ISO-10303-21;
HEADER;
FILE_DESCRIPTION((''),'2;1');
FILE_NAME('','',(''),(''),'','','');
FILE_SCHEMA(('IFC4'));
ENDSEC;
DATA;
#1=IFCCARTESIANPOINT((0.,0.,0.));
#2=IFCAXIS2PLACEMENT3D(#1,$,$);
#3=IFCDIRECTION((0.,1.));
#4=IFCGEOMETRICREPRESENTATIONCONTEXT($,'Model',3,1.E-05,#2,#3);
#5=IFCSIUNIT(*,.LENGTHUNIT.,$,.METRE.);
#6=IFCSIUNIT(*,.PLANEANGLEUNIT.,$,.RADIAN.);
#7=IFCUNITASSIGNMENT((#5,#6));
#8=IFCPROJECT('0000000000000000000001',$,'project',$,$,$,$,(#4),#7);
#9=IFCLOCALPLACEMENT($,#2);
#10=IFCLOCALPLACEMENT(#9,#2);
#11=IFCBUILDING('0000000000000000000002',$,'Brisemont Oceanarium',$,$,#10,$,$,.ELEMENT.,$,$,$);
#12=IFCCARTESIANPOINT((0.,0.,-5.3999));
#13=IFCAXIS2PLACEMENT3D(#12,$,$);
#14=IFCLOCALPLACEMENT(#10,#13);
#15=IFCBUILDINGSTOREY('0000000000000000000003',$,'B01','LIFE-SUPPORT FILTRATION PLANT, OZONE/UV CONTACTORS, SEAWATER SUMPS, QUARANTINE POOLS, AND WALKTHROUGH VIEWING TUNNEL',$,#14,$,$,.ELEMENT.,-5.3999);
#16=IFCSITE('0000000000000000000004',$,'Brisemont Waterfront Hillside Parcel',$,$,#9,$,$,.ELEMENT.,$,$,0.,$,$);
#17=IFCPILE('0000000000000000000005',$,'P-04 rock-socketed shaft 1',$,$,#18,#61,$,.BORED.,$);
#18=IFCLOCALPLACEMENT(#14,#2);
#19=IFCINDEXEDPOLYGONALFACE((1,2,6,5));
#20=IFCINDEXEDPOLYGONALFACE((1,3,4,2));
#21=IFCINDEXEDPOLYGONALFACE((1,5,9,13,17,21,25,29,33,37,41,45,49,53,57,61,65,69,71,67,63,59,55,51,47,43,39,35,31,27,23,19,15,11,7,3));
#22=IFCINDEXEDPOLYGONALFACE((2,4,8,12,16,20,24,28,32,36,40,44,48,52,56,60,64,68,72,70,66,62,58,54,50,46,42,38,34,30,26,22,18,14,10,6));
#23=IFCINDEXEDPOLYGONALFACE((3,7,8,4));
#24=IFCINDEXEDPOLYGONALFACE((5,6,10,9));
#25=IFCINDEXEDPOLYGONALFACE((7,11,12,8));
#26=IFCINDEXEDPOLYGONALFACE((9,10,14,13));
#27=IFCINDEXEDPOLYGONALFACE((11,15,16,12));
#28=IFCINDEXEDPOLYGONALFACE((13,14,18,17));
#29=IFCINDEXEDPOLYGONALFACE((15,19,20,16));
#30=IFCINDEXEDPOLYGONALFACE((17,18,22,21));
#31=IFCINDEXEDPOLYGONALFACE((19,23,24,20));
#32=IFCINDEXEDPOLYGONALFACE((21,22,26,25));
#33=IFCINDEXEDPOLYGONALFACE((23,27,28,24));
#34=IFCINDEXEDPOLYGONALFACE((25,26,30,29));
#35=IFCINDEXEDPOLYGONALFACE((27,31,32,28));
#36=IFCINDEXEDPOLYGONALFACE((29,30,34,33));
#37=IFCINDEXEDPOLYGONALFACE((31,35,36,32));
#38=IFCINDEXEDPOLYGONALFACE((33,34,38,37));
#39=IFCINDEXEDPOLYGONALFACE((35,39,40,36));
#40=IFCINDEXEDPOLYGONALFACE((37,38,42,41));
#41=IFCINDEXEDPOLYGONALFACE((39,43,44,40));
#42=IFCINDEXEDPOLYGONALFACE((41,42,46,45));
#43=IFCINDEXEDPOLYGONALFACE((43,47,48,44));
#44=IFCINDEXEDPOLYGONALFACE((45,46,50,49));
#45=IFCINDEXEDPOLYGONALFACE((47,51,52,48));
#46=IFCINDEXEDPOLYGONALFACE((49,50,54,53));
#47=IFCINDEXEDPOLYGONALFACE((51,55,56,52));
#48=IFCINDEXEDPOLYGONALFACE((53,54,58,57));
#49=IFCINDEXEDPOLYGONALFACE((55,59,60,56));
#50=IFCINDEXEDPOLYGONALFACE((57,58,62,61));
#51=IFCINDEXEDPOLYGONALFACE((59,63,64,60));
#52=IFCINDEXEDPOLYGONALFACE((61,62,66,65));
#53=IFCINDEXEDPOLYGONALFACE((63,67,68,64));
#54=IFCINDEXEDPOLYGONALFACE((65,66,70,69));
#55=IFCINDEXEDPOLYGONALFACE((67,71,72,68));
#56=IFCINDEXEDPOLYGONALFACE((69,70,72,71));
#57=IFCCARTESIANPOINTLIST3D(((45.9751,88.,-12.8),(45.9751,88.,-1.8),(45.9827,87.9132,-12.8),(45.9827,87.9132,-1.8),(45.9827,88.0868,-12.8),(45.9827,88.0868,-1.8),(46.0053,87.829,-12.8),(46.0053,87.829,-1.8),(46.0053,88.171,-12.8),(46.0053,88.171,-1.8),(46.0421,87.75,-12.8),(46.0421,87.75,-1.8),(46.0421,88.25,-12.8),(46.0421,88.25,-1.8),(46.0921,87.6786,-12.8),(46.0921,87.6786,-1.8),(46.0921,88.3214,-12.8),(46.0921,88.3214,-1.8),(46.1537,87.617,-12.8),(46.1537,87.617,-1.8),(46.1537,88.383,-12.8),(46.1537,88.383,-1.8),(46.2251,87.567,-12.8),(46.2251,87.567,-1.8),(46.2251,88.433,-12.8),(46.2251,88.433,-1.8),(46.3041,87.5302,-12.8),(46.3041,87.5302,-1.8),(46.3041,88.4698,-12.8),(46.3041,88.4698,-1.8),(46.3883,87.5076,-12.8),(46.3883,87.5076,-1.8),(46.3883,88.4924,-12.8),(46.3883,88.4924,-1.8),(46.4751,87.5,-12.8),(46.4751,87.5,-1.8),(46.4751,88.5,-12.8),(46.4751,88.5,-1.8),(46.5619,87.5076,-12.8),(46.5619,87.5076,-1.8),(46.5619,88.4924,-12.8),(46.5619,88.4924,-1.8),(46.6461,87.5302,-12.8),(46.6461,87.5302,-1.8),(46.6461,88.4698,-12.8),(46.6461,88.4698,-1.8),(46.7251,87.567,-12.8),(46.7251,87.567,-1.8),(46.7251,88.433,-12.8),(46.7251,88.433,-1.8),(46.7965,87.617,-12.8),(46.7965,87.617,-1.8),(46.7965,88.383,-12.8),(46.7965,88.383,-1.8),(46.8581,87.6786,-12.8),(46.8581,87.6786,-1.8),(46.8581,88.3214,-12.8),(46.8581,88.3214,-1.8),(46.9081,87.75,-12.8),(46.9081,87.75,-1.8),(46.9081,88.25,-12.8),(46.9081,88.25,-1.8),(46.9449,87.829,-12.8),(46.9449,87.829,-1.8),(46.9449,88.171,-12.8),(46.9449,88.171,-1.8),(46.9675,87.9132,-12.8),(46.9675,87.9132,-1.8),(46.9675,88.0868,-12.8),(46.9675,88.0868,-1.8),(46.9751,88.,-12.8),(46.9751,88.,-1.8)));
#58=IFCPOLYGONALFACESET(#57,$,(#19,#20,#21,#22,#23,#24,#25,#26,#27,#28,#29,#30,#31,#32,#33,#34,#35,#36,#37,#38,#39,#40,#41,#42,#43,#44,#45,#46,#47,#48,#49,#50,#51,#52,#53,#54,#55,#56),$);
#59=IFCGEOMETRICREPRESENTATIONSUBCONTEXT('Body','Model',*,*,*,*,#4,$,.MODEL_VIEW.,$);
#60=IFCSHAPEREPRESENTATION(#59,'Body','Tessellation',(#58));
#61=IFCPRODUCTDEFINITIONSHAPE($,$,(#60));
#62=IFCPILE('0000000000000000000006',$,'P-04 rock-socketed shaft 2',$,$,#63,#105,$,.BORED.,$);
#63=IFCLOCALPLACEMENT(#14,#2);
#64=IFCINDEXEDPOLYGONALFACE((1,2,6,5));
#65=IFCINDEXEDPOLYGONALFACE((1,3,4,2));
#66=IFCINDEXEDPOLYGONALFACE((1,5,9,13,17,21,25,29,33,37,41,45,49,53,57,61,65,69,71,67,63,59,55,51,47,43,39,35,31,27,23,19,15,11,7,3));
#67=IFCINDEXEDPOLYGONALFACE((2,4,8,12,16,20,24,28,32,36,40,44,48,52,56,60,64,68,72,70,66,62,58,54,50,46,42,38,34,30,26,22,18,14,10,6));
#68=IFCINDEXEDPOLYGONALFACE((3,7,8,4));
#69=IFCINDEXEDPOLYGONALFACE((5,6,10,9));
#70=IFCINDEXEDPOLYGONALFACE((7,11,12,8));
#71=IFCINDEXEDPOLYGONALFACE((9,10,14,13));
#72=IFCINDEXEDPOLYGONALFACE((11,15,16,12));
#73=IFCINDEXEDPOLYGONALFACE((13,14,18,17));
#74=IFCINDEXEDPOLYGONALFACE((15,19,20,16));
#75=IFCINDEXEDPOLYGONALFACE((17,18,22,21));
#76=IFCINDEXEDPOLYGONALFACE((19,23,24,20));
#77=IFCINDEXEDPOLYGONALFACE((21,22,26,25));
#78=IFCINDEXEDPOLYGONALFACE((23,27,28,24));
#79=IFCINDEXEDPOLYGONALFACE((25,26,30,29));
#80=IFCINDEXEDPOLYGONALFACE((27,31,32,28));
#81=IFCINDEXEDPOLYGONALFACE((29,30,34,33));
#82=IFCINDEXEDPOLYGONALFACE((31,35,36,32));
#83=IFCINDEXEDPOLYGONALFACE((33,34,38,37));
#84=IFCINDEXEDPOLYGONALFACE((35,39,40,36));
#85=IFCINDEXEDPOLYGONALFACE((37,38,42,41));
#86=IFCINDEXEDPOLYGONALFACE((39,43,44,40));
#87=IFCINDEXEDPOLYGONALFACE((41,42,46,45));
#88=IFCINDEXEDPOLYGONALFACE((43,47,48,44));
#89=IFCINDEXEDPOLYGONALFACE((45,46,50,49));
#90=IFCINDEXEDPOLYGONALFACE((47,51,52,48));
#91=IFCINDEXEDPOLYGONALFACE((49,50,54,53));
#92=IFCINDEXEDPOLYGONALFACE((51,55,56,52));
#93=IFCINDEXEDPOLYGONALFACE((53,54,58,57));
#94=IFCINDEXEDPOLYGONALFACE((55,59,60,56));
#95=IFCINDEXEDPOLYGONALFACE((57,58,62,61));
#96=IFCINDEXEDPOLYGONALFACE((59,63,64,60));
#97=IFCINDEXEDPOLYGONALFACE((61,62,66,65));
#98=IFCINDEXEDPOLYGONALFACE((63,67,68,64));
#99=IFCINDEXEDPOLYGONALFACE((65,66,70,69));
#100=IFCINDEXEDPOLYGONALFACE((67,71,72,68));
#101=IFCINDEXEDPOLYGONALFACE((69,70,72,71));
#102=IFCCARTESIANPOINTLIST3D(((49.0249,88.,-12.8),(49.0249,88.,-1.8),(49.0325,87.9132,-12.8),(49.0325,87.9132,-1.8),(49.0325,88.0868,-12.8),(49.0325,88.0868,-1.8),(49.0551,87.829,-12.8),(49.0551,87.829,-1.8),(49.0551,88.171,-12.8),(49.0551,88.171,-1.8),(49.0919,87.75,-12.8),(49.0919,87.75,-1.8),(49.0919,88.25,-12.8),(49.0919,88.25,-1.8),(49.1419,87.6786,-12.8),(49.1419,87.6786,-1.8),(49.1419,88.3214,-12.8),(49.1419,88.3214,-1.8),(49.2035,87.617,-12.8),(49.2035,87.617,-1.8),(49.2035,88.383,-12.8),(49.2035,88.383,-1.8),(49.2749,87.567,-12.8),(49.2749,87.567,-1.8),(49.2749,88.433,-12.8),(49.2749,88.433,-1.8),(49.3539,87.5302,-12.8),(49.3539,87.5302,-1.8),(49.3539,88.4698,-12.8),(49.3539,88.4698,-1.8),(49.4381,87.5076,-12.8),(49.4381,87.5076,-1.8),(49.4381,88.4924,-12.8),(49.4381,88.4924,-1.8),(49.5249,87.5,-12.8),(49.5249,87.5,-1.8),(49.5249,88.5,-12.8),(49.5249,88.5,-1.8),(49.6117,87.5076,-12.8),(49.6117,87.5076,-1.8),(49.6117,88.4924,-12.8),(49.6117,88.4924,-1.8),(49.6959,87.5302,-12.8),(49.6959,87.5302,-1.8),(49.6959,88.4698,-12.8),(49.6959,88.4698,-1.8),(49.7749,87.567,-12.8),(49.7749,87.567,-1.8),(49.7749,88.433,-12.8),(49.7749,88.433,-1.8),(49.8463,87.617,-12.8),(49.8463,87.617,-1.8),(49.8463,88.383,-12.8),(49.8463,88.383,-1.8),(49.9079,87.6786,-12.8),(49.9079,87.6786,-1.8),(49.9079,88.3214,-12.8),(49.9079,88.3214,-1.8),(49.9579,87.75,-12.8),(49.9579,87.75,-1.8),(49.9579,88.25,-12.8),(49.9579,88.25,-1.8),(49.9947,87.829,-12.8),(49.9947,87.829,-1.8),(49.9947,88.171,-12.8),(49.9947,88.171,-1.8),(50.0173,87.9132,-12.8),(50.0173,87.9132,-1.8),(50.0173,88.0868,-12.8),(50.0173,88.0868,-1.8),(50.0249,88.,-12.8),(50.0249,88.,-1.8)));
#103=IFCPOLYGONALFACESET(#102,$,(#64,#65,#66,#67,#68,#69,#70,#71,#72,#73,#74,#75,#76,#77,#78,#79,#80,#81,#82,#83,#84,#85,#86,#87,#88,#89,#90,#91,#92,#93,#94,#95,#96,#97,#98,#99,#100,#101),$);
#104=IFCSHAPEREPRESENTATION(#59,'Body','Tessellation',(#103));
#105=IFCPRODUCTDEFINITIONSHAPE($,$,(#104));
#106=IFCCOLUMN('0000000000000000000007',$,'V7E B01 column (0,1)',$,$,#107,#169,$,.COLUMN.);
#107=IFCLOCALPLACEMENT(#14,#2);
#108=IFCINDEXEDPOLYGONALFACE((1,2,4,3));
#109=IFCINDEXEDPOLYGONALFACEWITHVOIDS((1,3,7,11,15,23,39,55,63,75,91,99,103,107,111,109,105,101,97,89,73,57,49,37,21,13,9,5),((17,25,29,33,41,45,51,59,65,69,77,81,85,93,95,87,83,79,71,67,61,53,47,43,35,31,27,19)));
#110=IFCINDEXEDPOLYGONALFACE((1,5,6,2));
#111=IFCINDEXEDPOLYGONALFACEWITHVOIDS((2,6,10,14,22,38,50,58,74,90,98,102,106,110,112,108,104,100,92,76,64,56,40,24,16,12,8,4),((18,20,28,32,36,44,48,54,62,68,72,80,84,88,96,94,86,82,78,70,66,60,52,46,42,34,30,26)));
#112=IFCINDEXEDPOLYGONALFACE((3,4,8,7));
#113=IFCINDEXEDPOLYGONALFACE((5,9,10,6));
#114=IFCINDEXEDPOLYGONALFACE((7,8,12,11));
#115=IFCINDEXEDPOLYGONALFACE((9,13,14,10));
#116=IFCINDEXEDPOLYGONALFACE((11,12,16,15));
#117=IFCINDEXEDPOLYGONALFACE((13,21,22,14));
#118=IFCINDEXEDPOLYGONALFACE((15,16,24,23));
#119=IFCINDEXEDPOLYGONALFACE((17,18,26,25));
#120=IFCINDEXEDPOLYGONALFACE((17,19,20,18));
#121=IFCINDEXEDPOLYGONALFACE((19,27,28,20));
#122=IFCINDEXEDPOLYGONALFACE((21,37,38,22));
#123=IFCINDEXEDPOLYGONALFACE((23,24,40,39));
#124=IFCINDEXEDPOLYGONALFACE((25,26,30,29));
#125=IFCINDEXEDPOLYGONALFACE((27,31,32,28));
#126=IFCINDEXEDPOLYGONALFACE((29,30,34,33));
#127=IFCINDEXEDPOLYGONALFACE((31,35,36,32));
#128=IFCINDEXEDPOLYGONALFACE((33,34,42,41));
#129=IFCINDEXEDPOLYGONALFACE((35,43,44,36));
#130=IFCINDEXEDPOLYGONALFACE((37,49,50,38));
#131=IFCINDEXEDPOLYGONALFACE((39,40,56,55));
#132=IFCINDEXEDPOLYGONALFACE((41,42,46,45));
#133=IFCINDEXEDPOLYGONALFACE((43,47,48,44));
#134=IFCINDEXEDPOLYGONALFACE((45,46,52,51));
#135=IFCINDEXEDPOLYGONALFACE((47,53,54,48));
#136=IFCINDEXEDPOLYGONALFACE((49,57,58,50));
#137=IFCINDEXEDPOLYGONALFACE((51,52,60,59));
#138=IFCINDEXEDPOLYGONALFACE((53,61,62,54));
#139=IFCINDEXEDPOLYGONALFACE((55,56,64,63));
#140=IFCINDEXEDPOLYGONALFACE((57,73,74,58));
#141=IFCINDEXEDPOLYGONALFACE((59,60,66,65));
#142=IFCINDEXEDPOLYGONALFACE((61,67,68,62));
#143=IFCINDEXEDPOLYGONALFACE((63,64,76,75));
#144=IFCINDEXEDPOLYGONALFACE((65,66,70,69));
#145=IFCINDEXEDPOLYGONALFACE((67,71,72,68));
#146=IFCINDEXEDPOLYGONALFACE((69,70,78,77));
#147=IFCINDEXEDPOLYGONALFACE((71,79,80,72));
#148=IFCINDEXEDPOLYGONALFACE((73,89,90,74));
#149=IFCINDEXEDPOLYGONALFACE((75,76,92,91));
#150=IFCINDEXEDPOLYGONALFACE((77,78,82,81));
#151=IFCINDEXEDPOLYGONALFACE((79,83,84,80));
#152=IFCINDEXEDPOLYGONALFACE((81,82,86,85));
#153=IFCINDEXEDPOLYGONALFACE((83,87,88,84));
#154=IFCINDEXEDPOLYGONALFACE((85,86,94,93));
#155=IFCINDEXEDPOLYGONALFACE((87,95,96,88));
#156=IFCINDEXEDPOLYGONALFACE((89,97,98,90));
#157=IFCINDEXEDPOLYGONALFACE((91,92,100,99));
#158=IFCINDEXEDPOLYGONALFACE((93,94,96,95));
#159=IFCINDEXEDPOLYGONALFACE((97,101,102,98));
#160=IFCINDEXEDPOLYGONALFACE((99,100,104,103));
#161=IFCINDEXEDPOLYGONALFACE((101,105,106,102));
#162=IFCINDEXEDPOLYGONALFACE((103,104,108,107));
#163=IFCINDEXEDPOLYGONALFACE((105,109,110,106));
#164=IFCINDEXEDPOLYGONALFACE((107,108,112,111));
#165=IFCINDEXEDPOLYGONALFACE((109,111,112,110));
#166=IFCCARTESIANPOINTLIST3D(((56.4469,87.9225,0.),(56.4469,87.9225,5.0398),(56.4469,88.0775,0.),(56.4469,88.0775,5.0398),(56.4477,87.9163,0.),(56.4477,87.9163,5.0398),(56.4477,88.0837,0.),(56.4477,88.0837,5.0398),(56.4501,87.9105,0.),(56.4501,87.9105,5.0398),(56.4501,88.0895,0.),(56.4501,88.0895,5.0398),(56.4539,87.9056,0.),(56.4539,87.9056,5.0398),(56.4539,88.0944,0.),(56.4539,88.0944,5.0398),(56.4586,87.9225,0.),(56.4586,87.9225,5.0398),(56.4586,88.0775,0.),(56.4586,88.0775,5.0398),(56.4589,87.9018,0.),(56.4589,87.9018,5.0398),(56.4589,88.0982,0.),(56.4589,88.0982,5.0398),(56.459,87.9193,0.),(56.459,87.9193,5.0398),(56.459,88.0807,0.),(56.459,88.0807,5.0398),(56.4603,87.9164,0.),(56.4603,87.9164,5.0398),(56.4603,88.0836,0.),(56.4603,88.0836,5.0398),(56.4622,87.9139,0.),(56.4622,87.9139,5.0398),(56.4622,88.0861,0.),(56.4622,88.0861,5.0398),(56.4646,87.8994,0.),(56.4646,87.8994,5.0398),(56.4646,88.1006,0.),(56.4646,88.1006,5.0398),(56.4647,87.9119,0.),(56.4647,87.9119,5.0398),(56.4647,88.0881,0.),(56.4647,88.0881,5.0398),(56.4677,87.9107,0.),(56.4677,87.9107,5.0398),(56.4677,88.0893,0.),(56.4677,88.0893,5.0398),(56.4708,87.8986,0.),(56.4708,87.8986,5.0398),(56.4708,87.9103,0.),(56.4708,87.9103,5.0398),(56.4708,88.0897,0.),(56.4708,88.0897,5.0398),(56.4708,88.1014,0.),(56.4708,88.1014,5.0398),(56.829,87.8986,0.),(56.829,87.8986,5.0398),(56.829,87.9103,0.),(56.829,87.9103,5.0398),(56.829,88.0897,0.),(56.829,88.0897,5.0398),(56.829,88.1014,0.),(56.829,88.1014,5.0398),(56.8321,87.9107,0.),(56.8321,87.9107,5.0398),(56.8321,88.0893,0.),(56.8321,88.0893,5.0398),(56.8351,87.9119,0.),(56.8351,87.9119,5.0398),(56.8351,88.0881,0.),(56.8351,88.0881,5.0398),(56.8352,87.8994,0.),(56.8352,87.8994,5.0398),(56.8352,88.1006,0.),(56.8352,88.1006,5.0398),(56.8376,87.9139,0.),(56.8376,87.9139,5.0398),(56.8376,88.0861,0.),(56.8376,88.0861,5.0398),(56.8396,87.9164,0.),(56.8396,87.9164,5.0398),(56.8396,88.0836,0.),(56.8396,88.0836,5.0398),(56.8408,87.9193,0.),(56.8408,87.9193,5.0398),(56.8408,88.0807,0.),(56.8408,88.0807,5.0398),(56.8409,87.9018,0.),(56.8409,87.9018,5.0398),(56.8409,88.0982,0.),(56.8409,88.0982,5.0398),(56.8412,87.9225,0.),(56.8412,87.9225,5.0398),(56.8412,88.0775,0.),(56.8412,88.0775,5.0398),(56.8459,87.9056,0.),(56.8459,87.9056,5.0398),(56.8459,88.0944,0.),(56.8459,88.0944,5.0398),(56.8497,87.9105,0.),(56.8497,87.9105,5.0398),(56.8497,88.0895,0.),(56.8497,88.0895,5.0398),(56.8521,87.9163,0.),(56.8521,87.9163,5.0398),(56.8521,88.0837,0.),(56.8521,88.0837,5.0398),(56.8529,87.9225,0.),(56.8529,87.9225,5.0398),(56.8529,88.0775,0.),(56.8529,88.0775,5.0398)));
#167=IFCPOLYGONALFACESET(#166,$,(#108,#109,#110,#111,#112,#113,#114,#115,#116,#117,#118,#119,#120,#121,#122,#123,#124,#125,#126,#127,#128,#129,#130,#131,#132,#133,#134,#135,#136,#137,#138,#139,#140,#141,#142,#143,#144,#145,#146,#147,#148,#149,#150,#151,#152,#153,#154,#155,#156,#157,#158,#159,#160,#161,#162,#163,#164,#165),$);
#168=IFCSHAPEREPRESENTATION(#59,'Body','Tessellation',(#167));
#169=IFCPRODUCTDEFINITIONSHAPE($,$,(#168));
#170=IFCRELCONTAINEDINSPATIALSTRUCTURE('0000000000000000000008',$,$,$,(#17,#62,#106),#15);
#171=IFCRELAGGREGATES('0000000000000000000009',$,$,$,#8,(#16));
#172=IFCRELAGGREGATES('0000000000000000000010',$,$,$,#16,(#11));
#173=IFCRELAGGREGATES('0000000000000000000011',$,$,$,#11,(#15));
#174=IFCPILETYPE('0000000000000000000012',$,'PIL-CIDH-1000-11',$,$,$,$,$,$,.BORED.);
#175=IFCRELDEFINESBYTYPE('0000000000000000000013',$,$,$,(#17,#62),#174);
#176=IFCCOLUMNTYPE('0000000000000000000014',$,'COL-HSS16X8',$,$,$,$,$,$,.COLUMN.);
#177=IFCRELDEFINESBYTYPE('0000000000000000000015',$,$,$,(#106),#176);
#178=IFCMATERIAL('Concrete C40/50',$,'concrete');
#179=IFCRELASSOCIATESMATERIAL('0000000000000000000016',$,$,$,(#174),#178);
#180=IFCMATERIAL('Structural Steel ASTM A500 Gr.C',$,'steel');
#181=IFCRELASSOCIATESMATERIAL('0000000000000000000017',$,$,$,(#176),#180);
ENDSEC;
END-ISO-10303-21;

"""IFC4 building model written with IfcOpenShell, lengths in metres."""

from ifc_helpers import new_model, si_unit, direction, frame, origin, origin_2d, place, context, subcontext, project, spatial, hollow_rectangle, circle, extrude, material, material_profile, profile_set, type_object, element, save


model = new_model("IFC4")

# Units and contexts
model_context = context("Model", 3, precision=1e-05, world=origin(), true_north=direction((0.0, 1.0)))
body_context = subcontext(model_context, "Body", "Model", "MODEL_VIEW")
ifc_project = project(units=[si_unit("LENGTHUNIT", "METRE"), si_unit("PLANEANGLEUNIT", "RADIAN")], contexts=[model_context])

# Site, building, storey
site_placement = place(None, origin())
site = spatial("IfcSite", under=ifc_project, at=site_placement, Name="Brisemont Waterfront Hillside Parcel", CompositionType="ELEMENT", RefElevation=0.0)
building_placement = place(site_placement, origin())
building = spatial("IfcBuilding", under=site, at=building_placement, Name="Brisemont Oceanarium", CompositionType="ELEMENT")
storey_placement = place(building_placement, frame((0.0, 0.0, -5.3999)))
storey = spatial("IfcBuildingStorey", under=building, at=storey_placement, Name="B01", Description="LIFE-SUPPORT FILTRATION PLANT, OZONE/UV CONTACTORS, SEAWATER SUMPS, QUARANTINE POOLS, AND WALKTHROUGH VIEWING TUNNEL", CompositionType="ELEMENT", Elevation=-5.3999)

# Piles
ifc_material_1 = material(Name="Concrete C40/50", Category="concrete")
ifc_material_profile_1 = material_profile(ifc_material_1, circle(Radius=0.5, at=origin_2d()), Name="CIDH-D1000")
ifc_profile_set_1 = profile_set([ifc_material_profile_1], Name="Concrete C40/50")
pile_type = type_object("IfcPileType", Name="PIL-CIDH-1000-11", PredefinedType="BORED", material=ifc_profile_set_1)
for number, where, z_axis, x_axis, name in (
    (1, (46.4751, 88.0, -1.8), (0.0, 0.0, -1.0), (1.0, 0.0, 0.0), "P-04 rock-socketed shaft 1"),
    (2, (49.5249, 88.0, -1.8), (0.0, 0.0, -1.0), (1.0, 0.0, 0.0), "P-04 rock-socketed shaft 2"),
):
    element("IfcPile", number, at=place(storey_placement, frame(where, z_axis=z_axis, x_axis=x_axis)), inside=storey, type_object=pile_type, Name=name, PredefinedType="BORED", context=body_context, shape_type="SweptSolid", body=[
        extrude(circle(Radius=0.5, at=origin_2d()), origin(), (0.0, 0.0, 1.0), 11.0),
    ])

# Column
ifc_material_2 = material(Name="Structural Steel ASTM A500 Gr.C", Category="steel")
ifc_material_profile_2 = material_profile(ifc_material_2, hollow_rectangle(XDim=0.2029, YDim=0.406, WallThickness=0.0117, InnerFilletRadius=0.0122, OuterFilletRadius=0.0239, at=origin_2d()), Name="HSS16X8X1/2")
ifc_profile_set_2 = profile_set([ifc_material_profile_2], Name="Structural Steel ASTM A500 Gr.C")
column_type_1 = type_object("IfcColumnType", Name="COL-HSS16X8", PredefinedType="COLUMN", material=ifc_profile_set_2)
column_1_placement = place(storey_placement, frame((56.6499, 88.0, 0.0), z_axis=(0.0, 0.0, 1.0), x_axis=(0.0, 1.0, 0.0)))
element("IfcColumn", 3, at=column_1_placement, inside=storey, type_object=column_type_1, Name="V7E B01 column (0,1)", PredefinedType="COLUMN", context=body_context, shape_type="SweptSolid", body=[
    extrude(hollow_rectangle(XDim=0.2029, YDim=0.406, WallThickness=0.0117, InnerFilletRadius=0.0122, OuterFilletRadius=0.0239, at=origin_2d()), origin(), (0.0, 0.0, 1.0), 5.0398),
])

save(model, "model.ifc")
